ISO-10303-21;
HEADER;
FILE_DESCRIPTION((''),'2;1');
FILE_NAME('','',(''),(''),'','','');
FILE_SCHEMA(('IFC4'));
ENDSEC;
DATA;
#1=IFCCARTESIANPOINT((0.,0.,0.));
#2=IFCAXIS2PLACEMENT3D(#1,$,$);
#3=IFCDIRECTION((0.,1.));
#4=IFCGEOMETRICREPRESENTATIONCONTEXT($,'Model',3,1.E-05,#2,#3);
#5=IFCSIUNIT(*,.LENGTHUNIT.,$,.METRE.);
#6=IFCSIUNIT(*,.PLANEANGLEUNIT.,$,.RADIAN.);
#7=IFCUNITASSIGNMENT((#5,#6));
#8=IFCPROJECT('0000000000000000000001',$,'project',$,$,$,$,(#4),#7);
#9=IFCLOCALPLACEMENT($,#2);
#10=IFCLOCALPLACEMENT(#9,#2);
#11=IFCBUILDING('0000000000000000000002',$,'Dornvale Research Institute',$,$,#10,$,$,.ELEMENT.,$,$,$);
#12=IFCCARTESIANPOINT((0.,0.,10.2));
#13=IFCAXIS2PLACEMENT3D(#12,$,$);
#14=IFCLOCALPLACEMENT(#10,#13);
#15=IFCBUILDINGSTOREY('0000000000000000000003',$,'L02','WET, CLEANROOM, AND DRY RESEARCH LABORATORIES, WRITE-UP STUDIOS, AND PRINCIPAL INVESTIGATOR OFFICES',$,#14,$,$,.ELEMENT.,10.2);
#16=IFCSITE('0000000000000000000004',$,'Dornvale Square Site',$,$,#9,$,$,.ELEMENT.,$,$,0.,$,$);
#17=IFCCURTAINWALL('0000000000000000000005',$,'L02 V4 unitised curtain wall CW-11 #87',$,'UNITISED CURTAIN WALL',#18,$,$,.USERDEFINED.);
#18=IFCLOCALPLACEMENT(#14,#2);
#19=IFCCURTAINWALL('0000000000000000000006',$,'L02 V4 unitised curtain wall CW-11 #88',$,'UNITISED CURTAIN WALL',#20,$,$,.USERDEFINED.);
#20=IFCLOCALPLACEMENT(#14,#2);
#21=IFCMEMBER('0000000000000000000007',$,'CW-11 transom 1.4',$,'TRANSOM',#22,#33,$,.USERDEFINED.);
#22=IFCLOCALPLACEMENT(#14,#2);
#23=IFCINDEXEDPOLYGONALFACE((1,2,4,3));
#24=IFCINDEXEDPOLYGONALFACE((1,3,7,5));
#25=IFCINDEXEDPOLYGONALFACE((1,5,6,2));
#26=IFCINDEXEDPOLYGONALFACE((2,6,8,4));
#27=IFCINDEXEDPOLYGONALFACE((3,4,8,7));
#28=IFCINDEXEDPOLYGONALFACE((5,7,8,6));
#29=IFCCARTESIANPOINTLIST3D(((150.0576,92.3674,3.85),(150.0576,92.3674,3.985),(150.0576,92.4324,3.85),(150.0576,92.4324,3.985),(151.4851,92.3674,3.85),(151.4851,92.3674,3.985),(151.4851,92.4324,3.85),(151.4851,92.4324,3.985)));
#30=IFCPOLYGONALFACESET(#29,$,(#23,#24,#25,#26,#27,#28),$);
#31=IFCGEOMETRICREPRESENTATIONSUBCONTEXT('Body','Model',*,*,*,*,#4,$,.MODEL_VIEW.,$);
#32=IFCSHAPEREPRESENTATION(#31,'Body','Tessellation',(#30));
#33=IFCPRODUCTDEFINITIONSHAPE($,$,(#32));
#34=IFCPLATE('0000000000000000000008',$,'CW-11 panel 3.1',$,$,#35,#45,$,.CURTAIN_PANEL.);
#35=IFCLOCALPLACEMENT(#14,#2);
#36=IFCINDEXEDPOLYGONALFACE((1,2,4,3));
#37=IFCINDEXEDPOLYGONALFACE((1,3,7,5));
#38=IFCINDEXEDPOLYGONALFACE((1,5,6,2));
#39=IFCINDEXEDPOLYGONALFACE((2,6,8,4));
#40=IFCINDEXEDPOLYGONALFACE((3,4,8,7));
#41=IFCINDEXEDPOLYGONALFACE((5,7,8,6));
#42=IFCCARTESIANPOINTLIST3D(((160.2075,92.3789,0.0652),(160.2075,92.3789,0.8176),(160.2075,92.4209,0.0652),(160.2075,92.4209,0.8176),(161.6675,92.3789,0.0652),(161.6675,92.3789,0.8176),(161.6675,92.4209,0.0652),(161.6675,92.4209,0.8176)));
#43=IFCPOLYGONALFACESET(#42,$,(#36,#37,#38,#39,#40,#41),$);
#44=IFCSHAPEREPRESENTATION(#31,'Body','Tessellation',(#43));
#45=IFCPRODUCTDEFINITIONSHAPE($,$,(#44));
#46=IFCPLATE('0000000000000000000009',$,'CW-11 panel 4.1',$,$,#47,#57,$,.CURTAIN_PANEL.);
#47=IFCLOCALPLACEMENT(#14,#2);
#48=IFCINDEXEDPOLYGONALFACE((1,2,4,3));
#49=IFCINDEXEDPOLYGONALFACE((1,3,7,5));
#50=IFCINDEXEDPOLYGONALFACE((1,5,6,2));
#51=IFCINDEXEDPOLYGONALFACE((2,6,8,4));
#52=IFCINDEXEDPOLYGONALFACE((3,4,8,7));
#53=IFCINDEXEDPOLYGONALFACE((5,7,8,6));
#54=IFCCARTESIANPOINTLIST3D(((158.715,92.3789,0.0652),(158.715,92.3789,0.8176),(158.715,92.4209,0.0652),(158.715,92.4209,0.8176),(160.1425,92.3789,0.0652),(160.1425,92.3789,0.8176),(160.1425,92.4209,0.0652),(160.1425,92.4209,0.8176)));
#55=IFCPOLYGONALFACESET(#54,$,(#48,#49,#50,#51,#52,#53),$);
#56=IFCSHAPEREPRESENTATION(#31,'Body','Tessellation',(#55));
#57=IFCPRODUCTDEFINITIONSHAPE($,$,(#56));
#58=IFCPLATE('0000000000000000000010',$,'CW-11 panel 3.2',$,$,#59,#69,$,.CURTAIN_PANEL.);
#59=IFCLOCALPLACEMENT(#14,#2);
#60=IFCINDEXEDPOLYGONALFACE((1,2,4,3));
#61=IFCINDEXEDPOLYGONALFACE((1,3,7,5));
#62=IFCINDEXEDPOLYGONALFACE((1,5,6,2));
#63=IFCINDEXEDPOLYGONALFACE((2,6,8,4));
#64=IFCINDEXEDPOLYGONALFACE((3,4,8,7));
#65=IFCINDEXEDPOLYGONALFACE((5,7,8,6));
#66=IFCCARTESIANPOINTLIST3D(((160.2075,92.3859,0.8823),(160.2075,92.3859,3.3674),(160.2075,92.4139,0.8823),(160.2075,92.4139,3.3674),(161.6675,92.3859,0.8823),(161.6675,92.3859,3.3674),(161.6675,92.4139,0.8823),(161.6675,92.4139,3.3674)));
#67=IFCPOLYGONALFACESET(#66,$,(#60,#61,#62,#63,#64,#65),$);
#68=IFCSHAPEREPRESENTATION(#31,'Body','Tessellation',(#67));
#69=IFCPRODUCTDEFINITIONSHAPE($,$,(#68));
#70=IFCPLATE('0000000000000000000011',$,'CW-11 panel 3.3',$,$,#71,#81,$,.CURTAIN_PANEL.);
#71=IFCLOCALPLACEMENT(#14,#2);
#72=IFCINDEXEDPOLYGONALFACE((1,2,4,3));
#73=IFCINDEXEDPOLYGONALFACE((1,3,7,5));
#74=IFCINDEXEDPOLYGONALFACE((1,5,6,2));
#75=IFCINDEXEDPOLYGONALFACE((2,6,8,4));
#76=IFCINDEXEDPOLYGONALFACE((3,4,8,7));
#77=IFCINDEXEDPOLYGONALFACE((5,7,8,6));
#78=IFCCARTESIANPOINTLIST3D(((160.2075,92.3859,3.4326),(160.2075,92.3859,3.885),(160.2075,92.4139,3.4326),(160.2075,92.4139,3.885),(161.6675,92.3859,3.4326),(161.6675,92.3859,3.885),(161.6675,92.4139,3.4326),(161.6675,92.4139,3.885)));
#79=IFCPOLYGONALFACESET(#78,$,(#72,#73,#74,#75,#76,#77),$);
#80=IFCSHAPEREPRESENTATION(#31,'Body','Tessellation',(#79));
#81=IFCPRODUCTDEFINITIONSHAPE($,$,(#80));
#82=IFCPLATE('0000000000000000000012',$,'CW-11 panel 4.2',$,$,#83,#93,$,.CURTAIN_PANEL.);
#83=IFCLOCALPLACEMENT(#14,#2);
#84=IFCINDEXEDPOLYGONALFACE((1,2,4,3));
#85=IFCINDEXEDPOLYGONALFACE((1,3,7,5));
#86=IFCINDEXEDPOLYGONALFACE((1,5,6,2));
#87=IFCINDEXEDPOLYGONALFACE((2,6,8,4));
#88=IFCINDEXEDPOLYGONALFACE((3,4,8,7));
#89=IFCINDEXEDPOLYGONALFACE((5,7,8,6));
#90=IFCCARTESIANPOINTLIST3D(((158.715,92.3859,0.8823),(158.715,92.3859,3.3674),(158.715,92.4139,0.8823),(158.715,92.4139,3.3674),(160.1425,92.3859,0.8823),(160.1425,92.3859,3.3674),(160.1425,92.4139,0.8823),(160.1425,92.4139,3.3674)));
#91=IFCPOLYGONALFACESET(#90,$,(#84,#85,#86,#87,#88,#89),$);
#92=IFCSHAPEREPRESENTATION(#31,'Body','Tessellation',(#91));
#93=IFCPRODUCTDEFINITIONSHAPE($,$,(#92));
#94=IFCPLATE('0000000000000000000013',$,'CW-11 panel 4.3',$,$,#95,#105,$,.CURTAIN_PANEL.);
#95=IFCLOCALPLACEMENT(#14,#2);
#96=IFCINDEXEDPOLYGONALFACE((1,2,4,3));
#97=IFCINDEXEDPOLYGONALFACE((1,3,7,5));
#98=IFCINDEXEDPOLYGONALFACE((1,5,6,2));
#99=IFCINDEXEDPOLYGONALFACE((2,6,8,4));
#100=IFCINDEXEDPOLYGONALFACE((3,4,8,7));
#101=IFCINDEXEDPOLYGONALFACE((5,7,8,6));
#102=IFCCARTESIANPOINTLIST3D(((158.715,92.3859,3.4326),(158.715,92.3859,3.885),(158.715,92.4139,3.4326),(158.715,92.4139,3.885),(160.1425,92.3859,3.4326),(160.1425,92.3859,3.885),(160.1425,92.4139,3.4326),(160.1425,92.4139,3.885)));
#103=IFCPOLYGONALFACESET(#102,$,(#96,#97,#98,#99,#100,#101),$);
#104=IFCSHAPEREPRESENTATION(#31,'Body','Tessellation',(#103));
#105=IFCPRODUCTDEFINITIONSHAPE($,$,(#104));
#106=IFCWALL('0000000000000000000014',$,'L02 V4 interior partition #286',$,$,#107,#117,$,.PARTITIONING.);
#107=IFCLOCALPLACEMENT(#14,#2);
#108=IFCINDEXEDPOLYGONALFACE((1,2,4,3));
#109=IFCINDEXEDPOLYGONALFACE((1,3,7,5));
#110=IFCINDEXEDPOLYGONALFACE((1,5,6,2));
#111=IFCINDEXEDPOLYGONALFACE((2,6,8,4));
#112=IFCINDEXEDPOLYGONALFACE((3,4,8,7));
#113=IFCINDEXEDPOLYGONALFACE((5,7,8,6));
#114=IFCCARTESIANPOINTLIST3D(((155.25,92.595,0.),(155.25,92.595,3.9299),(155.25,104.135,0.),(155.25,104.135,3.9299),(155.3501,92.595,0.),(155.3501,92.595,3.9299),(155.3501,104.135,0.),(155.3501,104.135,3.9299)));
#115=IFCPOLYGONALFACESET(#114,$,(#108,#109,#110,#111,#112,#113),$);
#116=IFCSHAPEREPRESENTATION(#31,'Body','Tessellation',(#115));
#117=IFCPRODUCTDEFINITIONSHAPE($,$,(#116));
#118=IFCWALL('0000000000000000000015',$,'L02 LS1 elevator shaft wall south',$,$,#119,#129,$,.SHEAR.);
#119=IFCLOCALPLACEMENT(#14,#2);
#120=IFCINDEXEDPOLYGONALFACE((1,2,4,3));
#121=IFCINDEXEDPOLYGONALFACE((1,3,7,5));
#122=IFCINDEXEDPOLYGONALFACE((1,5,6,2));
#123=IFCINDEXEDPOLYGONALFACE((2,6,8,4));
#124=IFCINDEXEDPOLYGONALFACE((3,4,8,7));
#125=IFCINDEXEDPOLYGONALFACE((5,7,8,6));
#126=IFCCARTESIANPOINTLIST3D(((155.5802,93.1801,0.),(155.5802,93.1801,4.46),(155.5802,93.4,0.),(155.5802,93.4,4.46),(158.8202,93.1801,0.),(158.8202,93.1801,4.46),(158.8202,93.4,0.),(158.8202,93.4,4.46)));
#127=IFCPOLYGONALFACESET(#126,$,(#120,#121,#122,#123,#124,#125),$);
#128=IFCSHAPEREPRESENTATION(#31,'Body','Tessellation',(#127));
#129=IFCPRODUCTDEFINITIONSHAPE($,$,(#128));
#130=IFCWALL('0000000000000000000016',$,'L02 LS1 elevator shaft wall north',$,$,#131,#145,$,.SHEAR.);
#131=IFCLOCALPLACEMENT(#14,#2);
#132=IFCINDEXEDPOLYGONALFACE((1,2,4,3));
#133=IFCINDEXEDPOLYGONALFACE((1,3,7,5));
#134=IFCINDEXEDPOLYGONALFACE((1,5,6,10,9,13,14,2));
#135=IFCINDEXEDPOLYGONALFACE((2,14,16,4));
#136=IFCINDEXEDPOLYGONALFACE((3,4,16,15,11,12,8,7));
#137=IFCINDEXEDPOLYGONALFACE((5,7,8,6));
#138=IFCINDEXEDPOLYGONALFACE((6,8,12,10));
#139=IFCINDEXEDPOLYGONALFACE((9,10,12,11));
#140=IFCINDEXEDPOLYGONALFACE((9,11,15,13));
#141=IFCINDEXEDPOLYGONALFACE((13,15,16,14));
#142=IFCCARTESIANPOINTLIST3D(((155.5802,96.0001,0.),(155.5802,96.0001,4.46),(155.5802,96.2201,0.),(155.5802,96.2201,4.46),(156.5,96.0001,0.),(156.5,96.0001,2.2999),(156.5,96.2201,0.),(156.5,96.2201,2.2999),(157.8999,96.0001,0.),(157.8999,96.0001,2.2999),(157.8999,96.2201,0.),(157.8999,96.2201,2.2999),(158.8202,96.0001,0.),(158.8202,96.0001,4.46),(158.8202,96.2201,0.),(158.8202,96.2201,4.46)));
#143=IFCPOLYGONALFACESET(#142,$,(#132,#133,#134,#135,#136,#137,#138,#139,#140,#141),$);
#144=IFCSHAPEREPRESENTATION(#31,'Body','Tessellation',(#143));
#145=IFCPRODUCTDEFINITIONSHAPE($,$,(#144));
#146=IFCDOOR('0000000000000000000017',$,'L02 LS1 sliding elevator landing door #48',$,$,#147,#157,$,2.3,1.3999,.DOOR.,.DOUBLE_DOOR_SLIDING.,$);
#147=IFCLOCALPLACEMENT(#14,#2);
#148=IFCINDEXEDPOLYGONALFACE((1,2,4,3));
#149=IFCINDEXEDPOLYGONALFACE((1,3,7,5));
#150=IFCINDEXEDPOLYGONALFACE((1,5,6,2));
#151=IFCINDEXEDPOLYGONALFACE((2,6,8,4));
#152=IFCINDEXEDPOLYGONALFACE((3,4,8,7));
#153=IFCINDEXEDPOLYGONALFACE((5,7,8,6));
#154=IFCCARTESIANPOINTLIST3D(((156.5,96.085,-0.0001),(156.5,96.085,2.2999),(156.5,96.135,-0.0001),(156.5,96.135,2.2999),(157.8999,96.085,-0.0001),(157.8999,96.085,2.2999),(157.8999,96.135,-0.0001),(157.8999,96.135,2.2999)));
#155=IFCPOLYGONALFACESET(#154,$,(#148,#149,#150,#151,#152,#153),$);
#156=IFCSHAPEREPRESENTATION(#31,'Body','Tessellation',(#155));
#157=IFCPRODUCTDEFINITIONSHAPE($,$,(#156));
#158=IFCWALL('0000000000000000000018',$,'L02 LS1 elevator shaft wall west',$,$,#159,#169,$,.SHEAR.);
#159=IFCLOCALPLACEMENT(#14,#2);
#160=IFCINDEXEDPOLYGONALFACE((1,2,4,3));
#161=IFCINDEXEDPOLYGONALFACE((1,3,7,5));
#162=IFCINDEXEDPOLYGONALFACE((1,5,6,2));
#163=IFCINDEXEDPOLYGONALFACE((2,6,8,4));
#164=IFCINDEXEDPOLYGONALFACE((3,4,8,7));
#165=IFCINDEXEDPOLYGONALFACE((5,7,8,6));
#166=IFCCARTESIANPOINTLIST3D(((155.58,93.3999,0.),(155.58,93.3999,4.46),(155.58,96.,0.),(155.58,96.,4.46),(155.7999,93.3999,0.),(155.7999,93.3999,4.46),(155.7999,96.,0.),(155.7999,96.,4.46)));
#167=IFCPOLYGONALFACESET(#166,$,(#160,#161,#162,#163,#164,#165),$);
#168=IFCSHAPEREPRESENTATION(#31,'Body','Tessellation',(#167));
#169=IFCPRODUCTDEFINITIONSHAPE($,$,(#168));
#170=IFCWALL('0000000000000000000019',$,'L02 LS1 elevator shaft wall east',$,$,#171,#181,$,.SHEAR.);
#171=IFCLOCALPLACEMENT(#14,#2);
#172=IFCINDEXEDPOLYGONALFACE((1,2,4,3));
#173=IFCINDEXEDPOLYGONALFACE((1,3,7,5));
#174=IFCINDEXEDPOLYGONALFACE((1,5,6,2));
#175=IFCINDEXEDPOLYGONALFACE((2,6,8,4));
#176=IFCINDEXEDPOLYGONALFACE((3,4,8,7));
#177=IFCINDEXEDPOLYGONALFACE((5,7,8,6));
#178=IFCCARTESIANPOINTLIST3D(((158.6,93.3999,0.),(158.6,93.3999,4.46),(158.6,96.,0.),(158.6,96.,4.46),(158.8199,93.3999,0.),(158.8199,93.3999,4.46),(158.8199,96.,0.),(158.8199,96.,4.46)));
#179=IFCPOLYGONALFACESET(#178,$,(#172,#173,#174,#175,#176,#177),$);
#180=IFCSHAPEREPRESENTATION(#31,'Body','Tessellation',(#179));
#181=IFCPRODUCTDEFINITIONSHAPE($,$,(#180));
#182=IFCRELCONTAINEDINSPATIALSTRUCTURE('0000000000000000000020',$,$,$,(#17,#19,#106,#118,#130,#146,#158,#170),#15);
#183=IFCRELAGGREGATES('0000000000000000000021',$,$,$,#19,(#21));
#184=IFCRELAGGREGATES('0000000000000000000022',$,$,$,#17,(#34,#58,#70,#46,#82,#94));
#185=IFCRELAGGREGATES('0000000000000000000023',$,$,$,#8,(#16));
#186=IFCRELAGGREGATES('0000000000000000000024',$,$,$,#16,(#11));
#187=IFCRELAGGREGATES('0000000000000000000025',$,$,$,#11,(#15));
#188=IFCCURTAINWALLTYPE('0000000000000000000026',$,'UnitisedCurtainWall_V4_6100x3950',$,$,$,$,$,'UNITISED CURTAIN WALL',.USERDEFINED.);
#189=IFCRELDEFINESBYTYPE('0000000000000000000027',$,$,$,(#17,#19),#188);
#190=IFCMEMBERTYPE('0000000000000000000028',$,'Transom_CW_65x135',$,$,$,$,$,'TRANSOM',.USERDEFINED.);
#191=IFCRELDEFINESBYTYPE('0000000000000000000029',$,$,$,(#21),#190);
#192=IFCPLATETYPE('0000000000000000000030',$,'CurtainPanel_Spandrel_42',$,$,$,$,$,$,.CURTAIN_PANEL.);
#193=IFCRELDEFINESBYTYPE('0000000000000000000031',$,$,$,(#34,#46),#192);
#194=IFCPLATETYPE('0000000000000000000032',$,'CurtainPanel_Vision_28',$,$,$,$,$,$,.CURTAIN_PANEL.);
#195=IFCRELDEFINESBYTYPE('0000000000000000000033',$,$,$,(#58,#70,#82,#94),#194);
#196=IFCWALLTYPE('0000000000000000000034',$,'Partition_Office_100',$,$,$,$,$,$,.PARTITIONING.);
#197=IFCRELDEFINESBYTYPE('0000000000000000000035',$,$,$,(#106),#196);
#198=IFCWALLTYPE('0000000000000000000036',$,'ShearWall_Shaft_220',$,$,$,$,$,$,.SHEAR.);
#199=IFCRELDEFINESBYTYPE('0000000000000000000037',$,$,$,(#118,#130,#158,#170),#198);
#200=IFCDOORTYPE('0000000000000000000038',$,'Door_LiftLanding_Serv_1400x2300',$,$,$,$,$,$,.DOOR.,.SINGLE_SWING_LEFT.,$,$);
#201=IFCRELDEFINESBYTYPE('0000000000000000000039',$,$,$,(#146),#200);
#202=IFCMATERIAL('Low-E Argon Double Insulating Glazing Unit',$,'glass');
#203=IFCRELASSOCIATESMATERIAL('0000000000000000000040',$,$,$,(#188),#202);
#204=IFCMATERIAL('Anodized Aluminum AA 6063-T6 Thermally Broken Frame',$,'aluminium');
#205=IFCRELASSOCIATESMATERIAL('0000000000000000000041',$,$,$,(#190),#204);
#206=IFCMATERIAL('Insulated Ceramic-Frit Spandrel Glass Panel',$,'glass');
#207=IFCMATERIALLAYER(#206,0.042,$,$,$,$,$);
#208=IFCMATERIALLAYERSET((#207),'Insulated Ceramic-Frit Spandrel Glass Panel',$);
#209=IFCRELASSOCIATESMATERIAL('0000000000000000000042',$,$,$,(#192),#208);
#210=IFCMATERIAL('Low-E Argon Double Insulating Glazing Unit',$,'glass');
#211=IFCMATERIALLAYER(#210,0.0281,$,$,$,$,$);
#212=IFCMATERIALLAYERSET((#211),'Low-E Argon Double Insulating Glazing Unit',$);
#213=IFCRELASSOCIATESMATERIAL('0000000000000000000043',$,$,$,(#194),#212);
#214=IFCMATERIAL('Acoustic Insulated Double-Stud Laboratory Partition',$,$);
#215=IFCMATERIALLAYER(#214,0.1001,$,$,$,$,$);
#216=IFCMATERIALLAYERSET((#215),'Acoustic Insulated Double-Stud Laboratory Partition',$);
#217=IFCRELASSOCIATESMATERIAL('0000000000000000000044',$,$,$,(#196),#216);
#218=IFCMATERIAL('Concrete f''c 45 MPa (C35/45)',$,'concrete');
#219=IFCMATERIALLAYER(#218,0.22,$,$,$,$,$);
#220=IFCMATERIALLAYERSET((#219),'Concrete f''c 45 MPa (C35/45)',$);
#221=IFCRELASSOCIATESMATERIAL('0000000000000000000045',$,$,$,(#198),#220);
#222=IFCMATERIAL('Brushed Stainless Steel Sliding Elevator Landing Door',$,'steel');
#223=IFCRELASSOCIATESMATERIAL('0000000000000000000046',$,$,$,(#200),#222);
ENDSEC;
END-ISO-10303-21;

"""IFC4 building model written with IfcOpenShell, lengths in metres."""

from ifc_helpers import new_model, si_unit, direction, frame, frame_2d, origin, origin_2d, place, context, subcontext, project, spatial, rectangle, extrude, material, layer, layer_set, material_profile, profile_set, type_object, element, fill, aggregate, save


model = new_model("IFC4")

# Units and contexts
model_context = context("Model", 3, precision=1e-05, world=origin(), true_north=direction((0.0, 1.0)))
body_context = subcontext(model_context, "Body", "Model", "MODEL_VIEW")
ifc_project = project(units=[si_unit("LENGTHUNIT", "METRE"), si_unit("PLANEANGLEUNIT", "RADIAN")], contexts=[model_context])

# Site, building, storey
site_placement = place(None, origin())
site = spatial("IfcSite", under=ifc_project, at=site_placement, Name="Dornvale Square Site", CompositionType="ELEMENT", RefElevation=0.0)
building_placement = place(site_placement, origin())
building = spatial("IfcBuilding", under=site, at=building_placement, Name="Dornvale Research Institute", CompositionType="ELEMENT")
storey_placement = place(building_placement, frame((0.0, 0.0, 10.2)))
storey = spatial("IfcBuildingStorey", under=building, at=storey_placement, Name="L02", Description="WET, CLEANROOM, AND DRY RESEARCH LABORATORIES, WRITE-UP STUDIOS, AND PRINCIPAL INVESTIGATOR OFFICES", CompositionType="ELEMENT", Elevation=10.2)

# Curtain wall
ifc_material_1 = material(Name="Low-E Argon Double Insulating Glazing Unit", Category="glass")
curtain_wall_type = type_object("IfcCurtainWallType", Name="UnitisedCurtainWall_V4_6100x3950", ElementType="UNITISED CURTAIN WALL", PredefinedType="USERDEFINED", material=ifc_material_1)
curtain_wall_1_placement = place(storey_placement, origin())
curtain_wall_1 = element("IfcCurtainWall", 1, at=curtain_wall_1_placement, inside=storey, type_object=curtain_wall_type, Name="L02 V4 unitised curtain wall CW-11 #87", ObjectType="UNITISED CURTAIN WALL", PredefinedType="USERDEFINED")

# Curtain wall
curtain_wall_2_placement = place(storey_placement, origin())
curtain_wall_2 = element("IfcCurtainWall", 2, at=curtain_wall_2_placement, inside=storey, type_object=curtain_wall_type, Name="L02 V4 unitised curtain wall CW-11 #88", ObjectType="UNITISED CURTAIN WALL", PredefinedType="USERDEFINED")

# Member
ifc_material_2 = material(Name="Anodized Aluminum AA 6063-T6 Thermally Broken Frame", Category="aluminium")
ifc_material_profile_1 = material_profile(ifc_material_2, rectangle(XDim=0.0649, YDim=0.135, at=origin_2d()), Name="ALU TRANSOM 65x135")
ifc_profile_set_1 = profile_set([ifc_material_profile_1], Name="Anodized Aluminum AA 6063-T6 Thermally Broken Frame")
member_type_1 = type_object("IfcMemberType", Name="Transom_CW_65x135", ElementType="TRANSOM", PredefinedType="USERDEFINED", material=ifc_profile_set_1)
member_1_placement = place(storey_placement, frame((151.4851, 92.3999, 3.9175), z_axis=(-1.0, 0.0, 0.0), x_axis=(0.0, -1.0, 0.0)))
member_1 = element("IfcMember", 3, at=member_1_placement, type_object=member_type_1, Name="CW-11 transom 1.4", ObjectType="TRANSOM", PredefinedType="USERDEFINED", context=body_context, shape_type="SweptSolid", body=[
    extrude(rectangle(XDim=0.0649, YDim=0.135, at=origin_2d()), origin(), (0.0, 0.0, 1.0), 1.4275),
])
aggregate(curtain_wall_2, [member_1])

# Plates
ifc_material_3 = material(Name="Insulated Ceramic-Frit Spandrel Glass Panel", Category="glass")
ifc_layer_1 = layer(ifc_material_3, 0.042)
ifc_layer_set_1 = layer_set([ifc_layer_1], Name="Insulated Ceramic-Frit Spandrel Glass Panel")
plate_type_1 = type_object("IfcPlateType", Name="CurtainPanel_Spandrel_42", PredefinedType="CURTAIN_PANEL", material=ifc_layer_set_1)
plate_1_placement = place(storey_placement, frame((160.9375, 92.3999, 0.0652), z_axis=(0.0, 0.0, 1.0), x_axis=(-1.0, 0.0, 0.0)))
plate_1 = element("IfcPlate", 4, at=plate_1_placement, type_object=plate_type_1, Name="CW-11 panel 3.1", PredefinedType="CURTAIN_PANEL", context=body_context, shape_type="SweptSolid", body=[
    extrude(rectangle(XDim=1.46, YDim=0.042, at=origin_2d()), origin(), (0.0, 0.0, 1.0), 0.7524),
])
plate_2_placement = place(storey_placement, frame((159.4287, 92.3999, 0.0652), z_axis=(0.0, 0.0, 1.0), x_axis=(-1.0, 0.0, 0.0)))
plate_2 = element("IfcPlate", 5, at=plate_2_placement, type_object=plate_type_1, Name="CW-11 panel 4.1", PredefinedType="CURTAIN_PANEL", context=body_context, shape_type="SweptSolid", body=[
    extrude(rectangle(XDim=1.4275, YDim=0.042, at=origin_2d()), origin(), (0.0, 0.0, 1.0), 0.7524),
])
ifc_material_4 = material(Name="Low-E Argon Double Insulating Glazing Unit", Category="glass")
ifc_layer_2 = layer(ifc_material_4, 0.0281)
ifc_layer_set_2 = layer_set([ifc_layer_2], Name="Low-E Argon Double Insulating Glazing Unit")
plate_type_2 = type_object("IfcPlateType", Name="CurtainPanel_Vision_28", PredefinedType="CURTAIN_PANEL", material=ifc_layer_set_2)
plate_3_placement = place(storey_placement, frame((160.9375, 92.3999, 0.8823), z_axis=(0.0, 0.0, 1.0), x_axis=(-1.0, 0.0, 0.0)))
plate_3 = element("IfcPlate", 6, at=plate_3_placement, type_object=plate_type_2, Name="CW-11 panel 3.2", PredefinedType="CURTAIN_PANEL", context=body_context, shape_type="SweptSolid", body=[
    extrude(rectangle(XDim=1.46, YDim=0.0281, at=origin_2d()), origin(), (0.0, 0.0, 1.0), 2.4851),
])
plate_4_placement = place(storey_placement, frame((160.9375, 92.3999, 3.4326), z_axis=(0.0, 0.0, 1.0), x_axis=(-1.0, 0.0, 0.0)))
plate_4 = element("IfcPlate", 7, at=plate_4_placement, type_object=plate_type_2, Name="CW-11 panel 3.3", PredefinedType="CURTAIN_PANEL", context=body_context, shape_type="SweptSolid", body=[
    extrude(rectangle(XDim=1.46, YDim=0.0281, at=origin_2d()), origin(), (0.0, 0.0, 1.0), 0.4524),
])
plate_5_placement = place(storey_placement, frame((159.4287, 92.3999, 0.8823), z_axis=(0.0, 0.0, 1.0), x_axis=(-1.0, 0.0, 0.0)))
plate_5 = element("IfcPlate", 8, at=plate_5_placement, type_object=plate_type_2, Name="CW-11 panel 4.2", PredefinedType="CURTAIN_PANEL", context=body_context, shape_type="SweptSolid", body=[
    extrude(rectangle(XDim=1.4275, YDim=0.0281, at=origin_2d()), origin(), (0.0, 0.0, 1.0), 2.4851),
])
plate_6_placement = place(storey_placement, frame((159.4287, 92.3999, 3.4326), z_axis=(0.0, 0.0, 1.0), x_axis=(-1.0, 0.0, 0.0)))
plate_6 = element("IfcPlate", 9, at=plate_6_placement, type_object=plate_type_2, Name="CW-11 panel 4.3", PredefinedType="CURTAIN_PANEL", context=body_context, shape_type="SweptSolid", body=[
    extrude(rectangle(XDim=1.4275, YDim=0.0281, at=origin_2d()), origin(), (0.0, 0.0, 1.0), 0.4524),
])
aggregate(curtain_wall_1, [plate_1, plate_3, plate_4, plate_2, plate_5, plate_6])

# Walls
ifc_material_5 = material(Name="Acoustic Insulated Double-Stud Laboratory Partition")
ifc_layer_3 = layer(ifc_material_5, 0.1001)
ifc_layer_set_3 = layer_set([ifc_layer_3], Name="Acoustic Insulated Double-Stud Laboratory Partition")
wall_type_1 = type_object("IfcWallType", Name="Partition_Office_100", PredefinedType="PARTITIONING", material=ifc_layer_set_3)
wall_1_placement = place(storey_placement, frame((155.3, 92.595, 0.0), z_axis=(0.0, 0.0, 1.0), x_axis=(0.0, 1.0, 0.0)))
element("IfcWall", 10, at=wall_1_placement, inside=storey, type_object=wall_type_1, Name="L02 V4 interior partition #286", PredefinedType="PARTITIONING", context=body_context, shape_type="SweptSolid", body=[
    extrude(rectangle(XDim=11.54, YDim=0.1001, at=frame_2d((5.77, 0.0))), origin(), (0.0, 0.0, 1.0), 3.9299),
])
ifc_material_6 = material(Name="Concrete f'c 45 MPa (C35/45)", Category="concrete")
ifc_layer_4 = layer(ifc_material_6, 0.22)
ifc_layer_set_4 = layer_set([ifc_layer_4], Name="Concrete f'c 45 MPa (C35/45)")
wall_type_2 = type_object("IfcWallType", Name="ShearWall_Shaft_220", PredefinedType="SHEAR", material=ifc_layer_set_4)
wall_2_placement = place(storey_placement, frame((155.5801, 93.29, 0.0), z_axis=(0.0, 0.0, 1.0), x_axis=(1.0, 0.0, 0.0)))
element("IfcWall", 11, at=wall_2_placement, inside=storey, type_object=wall_type_2, Name="L02 LS1 elevator shaft wall south", PredefinedType="SHEAR", context=body_context, shape_type="SweptSolid", body=[
    extrude(rectangle(XDim=3.24, YDim=0.22, at=frame_2d((1.6201, 0.0))), origin(), (0.0, 0.0, 1.0), 4.46),
])

# Wall, opening, door
wall_3_placement = place(storey_placement, frame((155.5801, 96.1101, 0.0), z_axis=(0.0, 0.0, 1.0), x_axis=(1.0, 0.0, 0.0)))
wall_3 = element("IfcWall", 12, at=wall_3_placement, inside=storey, type_object=wall_type_2, Name="L02 LS1 elevator shaft wall north", PredefinedType="SHEAR", context=body_context, shape_type="SweptSolid", body=[
    extrude(rectangle(XDim=3.24, YDim=0.22, at=frame_2d((1.6201, 0.0))), origin(), (0.0, 0.0, 1.0), 4.46),
])
opening_1_placement = place(wall_3_placement, frame((0.9199, 0.0, 0.0)))
opening_1 = element("IfcOpeningElement", 13, at=opening_1_placement, cuts=wall_3, PredefinedType="OPENING", context=body_context, shape_type="SweptSolid", body=[
    extrude(rectangle(XDim=1.3999, YDim=2.3, at=frame_2d((0.7, 1.1499))), frame((0.0, 0.125, 0.0), z_axis=(0.0, -1.0, 0.0), x_axis=(1.0, 0.0, 0.0)), (0.0, 0.0, 1.0), 0.25),
])
ifc_material_7 = material(Name="Brushed Stainless Steel Sliding Elevator Landing Door", Category="steel")
door_type = type_object("IfcDoorType", Name="Door_LiftLanding_Serv_1400x2300", OperationType="SINGLE_SWING_LEFT", PredefinedType="DOOR", material=ifc_material_7)
door_placement = place(opening_1_placement, origin())
door = element("IfcDoor", 14, at=door_placement, inside=storey, type_object=door_type, Name="L02 LS1 sliding elevator landing door #48", OperationType="DOUBLE_DOOR_SLIDING", OverallHeight=2.3, OverallWidth=1.3999, PredefinedType="DOOR", context=body_context, shape_type="SweptSolid", body=[
    extrude(rectangle(XDim=1.3999, YDim=2.3, at=frame_2d((0.7, 1.1499))), frame((0.0, 0.0249, 0.0), z_axis=(0.0, -1.0, 0.0), x_axis=(1.0, 0.0, 0.0)), (0.0, 0.0, 1.0), 0.05),
])
fill(opening_1, door)

# Walls
for number, where, z_axis, x_axis, name in (
    (15, (155.6899, 93.3999, 0.0), (0.0, 0.0, 1.0), (0.0, 1.0, 0.0), "L02 LS1 elevator shaft wall west"),
    (16, (158.71, 93.3999, 0.0), (0.0, 0.0, 1.0), (0.0, 1.0, 0.0), "L02 LS1 elevator shaft wall east"),
):
    element("IfcWall", number, at=place(storey_placement, frame(where, z_axis=z_axis, x_axis=x_axis)), inside=storey, type_object=wall_type_2, Name=name, PredefinedType="SHEAR", context=body_context, shape_type="SweptSolid", body=[
        extrude(rectangle(XDim=2.6001, YDim=0.22, at=frame_2d((1.3, 0.0))), origin(), (0.0, 0.0, 1.0), 4.46),
    ])

save(model, "model.ifc")
